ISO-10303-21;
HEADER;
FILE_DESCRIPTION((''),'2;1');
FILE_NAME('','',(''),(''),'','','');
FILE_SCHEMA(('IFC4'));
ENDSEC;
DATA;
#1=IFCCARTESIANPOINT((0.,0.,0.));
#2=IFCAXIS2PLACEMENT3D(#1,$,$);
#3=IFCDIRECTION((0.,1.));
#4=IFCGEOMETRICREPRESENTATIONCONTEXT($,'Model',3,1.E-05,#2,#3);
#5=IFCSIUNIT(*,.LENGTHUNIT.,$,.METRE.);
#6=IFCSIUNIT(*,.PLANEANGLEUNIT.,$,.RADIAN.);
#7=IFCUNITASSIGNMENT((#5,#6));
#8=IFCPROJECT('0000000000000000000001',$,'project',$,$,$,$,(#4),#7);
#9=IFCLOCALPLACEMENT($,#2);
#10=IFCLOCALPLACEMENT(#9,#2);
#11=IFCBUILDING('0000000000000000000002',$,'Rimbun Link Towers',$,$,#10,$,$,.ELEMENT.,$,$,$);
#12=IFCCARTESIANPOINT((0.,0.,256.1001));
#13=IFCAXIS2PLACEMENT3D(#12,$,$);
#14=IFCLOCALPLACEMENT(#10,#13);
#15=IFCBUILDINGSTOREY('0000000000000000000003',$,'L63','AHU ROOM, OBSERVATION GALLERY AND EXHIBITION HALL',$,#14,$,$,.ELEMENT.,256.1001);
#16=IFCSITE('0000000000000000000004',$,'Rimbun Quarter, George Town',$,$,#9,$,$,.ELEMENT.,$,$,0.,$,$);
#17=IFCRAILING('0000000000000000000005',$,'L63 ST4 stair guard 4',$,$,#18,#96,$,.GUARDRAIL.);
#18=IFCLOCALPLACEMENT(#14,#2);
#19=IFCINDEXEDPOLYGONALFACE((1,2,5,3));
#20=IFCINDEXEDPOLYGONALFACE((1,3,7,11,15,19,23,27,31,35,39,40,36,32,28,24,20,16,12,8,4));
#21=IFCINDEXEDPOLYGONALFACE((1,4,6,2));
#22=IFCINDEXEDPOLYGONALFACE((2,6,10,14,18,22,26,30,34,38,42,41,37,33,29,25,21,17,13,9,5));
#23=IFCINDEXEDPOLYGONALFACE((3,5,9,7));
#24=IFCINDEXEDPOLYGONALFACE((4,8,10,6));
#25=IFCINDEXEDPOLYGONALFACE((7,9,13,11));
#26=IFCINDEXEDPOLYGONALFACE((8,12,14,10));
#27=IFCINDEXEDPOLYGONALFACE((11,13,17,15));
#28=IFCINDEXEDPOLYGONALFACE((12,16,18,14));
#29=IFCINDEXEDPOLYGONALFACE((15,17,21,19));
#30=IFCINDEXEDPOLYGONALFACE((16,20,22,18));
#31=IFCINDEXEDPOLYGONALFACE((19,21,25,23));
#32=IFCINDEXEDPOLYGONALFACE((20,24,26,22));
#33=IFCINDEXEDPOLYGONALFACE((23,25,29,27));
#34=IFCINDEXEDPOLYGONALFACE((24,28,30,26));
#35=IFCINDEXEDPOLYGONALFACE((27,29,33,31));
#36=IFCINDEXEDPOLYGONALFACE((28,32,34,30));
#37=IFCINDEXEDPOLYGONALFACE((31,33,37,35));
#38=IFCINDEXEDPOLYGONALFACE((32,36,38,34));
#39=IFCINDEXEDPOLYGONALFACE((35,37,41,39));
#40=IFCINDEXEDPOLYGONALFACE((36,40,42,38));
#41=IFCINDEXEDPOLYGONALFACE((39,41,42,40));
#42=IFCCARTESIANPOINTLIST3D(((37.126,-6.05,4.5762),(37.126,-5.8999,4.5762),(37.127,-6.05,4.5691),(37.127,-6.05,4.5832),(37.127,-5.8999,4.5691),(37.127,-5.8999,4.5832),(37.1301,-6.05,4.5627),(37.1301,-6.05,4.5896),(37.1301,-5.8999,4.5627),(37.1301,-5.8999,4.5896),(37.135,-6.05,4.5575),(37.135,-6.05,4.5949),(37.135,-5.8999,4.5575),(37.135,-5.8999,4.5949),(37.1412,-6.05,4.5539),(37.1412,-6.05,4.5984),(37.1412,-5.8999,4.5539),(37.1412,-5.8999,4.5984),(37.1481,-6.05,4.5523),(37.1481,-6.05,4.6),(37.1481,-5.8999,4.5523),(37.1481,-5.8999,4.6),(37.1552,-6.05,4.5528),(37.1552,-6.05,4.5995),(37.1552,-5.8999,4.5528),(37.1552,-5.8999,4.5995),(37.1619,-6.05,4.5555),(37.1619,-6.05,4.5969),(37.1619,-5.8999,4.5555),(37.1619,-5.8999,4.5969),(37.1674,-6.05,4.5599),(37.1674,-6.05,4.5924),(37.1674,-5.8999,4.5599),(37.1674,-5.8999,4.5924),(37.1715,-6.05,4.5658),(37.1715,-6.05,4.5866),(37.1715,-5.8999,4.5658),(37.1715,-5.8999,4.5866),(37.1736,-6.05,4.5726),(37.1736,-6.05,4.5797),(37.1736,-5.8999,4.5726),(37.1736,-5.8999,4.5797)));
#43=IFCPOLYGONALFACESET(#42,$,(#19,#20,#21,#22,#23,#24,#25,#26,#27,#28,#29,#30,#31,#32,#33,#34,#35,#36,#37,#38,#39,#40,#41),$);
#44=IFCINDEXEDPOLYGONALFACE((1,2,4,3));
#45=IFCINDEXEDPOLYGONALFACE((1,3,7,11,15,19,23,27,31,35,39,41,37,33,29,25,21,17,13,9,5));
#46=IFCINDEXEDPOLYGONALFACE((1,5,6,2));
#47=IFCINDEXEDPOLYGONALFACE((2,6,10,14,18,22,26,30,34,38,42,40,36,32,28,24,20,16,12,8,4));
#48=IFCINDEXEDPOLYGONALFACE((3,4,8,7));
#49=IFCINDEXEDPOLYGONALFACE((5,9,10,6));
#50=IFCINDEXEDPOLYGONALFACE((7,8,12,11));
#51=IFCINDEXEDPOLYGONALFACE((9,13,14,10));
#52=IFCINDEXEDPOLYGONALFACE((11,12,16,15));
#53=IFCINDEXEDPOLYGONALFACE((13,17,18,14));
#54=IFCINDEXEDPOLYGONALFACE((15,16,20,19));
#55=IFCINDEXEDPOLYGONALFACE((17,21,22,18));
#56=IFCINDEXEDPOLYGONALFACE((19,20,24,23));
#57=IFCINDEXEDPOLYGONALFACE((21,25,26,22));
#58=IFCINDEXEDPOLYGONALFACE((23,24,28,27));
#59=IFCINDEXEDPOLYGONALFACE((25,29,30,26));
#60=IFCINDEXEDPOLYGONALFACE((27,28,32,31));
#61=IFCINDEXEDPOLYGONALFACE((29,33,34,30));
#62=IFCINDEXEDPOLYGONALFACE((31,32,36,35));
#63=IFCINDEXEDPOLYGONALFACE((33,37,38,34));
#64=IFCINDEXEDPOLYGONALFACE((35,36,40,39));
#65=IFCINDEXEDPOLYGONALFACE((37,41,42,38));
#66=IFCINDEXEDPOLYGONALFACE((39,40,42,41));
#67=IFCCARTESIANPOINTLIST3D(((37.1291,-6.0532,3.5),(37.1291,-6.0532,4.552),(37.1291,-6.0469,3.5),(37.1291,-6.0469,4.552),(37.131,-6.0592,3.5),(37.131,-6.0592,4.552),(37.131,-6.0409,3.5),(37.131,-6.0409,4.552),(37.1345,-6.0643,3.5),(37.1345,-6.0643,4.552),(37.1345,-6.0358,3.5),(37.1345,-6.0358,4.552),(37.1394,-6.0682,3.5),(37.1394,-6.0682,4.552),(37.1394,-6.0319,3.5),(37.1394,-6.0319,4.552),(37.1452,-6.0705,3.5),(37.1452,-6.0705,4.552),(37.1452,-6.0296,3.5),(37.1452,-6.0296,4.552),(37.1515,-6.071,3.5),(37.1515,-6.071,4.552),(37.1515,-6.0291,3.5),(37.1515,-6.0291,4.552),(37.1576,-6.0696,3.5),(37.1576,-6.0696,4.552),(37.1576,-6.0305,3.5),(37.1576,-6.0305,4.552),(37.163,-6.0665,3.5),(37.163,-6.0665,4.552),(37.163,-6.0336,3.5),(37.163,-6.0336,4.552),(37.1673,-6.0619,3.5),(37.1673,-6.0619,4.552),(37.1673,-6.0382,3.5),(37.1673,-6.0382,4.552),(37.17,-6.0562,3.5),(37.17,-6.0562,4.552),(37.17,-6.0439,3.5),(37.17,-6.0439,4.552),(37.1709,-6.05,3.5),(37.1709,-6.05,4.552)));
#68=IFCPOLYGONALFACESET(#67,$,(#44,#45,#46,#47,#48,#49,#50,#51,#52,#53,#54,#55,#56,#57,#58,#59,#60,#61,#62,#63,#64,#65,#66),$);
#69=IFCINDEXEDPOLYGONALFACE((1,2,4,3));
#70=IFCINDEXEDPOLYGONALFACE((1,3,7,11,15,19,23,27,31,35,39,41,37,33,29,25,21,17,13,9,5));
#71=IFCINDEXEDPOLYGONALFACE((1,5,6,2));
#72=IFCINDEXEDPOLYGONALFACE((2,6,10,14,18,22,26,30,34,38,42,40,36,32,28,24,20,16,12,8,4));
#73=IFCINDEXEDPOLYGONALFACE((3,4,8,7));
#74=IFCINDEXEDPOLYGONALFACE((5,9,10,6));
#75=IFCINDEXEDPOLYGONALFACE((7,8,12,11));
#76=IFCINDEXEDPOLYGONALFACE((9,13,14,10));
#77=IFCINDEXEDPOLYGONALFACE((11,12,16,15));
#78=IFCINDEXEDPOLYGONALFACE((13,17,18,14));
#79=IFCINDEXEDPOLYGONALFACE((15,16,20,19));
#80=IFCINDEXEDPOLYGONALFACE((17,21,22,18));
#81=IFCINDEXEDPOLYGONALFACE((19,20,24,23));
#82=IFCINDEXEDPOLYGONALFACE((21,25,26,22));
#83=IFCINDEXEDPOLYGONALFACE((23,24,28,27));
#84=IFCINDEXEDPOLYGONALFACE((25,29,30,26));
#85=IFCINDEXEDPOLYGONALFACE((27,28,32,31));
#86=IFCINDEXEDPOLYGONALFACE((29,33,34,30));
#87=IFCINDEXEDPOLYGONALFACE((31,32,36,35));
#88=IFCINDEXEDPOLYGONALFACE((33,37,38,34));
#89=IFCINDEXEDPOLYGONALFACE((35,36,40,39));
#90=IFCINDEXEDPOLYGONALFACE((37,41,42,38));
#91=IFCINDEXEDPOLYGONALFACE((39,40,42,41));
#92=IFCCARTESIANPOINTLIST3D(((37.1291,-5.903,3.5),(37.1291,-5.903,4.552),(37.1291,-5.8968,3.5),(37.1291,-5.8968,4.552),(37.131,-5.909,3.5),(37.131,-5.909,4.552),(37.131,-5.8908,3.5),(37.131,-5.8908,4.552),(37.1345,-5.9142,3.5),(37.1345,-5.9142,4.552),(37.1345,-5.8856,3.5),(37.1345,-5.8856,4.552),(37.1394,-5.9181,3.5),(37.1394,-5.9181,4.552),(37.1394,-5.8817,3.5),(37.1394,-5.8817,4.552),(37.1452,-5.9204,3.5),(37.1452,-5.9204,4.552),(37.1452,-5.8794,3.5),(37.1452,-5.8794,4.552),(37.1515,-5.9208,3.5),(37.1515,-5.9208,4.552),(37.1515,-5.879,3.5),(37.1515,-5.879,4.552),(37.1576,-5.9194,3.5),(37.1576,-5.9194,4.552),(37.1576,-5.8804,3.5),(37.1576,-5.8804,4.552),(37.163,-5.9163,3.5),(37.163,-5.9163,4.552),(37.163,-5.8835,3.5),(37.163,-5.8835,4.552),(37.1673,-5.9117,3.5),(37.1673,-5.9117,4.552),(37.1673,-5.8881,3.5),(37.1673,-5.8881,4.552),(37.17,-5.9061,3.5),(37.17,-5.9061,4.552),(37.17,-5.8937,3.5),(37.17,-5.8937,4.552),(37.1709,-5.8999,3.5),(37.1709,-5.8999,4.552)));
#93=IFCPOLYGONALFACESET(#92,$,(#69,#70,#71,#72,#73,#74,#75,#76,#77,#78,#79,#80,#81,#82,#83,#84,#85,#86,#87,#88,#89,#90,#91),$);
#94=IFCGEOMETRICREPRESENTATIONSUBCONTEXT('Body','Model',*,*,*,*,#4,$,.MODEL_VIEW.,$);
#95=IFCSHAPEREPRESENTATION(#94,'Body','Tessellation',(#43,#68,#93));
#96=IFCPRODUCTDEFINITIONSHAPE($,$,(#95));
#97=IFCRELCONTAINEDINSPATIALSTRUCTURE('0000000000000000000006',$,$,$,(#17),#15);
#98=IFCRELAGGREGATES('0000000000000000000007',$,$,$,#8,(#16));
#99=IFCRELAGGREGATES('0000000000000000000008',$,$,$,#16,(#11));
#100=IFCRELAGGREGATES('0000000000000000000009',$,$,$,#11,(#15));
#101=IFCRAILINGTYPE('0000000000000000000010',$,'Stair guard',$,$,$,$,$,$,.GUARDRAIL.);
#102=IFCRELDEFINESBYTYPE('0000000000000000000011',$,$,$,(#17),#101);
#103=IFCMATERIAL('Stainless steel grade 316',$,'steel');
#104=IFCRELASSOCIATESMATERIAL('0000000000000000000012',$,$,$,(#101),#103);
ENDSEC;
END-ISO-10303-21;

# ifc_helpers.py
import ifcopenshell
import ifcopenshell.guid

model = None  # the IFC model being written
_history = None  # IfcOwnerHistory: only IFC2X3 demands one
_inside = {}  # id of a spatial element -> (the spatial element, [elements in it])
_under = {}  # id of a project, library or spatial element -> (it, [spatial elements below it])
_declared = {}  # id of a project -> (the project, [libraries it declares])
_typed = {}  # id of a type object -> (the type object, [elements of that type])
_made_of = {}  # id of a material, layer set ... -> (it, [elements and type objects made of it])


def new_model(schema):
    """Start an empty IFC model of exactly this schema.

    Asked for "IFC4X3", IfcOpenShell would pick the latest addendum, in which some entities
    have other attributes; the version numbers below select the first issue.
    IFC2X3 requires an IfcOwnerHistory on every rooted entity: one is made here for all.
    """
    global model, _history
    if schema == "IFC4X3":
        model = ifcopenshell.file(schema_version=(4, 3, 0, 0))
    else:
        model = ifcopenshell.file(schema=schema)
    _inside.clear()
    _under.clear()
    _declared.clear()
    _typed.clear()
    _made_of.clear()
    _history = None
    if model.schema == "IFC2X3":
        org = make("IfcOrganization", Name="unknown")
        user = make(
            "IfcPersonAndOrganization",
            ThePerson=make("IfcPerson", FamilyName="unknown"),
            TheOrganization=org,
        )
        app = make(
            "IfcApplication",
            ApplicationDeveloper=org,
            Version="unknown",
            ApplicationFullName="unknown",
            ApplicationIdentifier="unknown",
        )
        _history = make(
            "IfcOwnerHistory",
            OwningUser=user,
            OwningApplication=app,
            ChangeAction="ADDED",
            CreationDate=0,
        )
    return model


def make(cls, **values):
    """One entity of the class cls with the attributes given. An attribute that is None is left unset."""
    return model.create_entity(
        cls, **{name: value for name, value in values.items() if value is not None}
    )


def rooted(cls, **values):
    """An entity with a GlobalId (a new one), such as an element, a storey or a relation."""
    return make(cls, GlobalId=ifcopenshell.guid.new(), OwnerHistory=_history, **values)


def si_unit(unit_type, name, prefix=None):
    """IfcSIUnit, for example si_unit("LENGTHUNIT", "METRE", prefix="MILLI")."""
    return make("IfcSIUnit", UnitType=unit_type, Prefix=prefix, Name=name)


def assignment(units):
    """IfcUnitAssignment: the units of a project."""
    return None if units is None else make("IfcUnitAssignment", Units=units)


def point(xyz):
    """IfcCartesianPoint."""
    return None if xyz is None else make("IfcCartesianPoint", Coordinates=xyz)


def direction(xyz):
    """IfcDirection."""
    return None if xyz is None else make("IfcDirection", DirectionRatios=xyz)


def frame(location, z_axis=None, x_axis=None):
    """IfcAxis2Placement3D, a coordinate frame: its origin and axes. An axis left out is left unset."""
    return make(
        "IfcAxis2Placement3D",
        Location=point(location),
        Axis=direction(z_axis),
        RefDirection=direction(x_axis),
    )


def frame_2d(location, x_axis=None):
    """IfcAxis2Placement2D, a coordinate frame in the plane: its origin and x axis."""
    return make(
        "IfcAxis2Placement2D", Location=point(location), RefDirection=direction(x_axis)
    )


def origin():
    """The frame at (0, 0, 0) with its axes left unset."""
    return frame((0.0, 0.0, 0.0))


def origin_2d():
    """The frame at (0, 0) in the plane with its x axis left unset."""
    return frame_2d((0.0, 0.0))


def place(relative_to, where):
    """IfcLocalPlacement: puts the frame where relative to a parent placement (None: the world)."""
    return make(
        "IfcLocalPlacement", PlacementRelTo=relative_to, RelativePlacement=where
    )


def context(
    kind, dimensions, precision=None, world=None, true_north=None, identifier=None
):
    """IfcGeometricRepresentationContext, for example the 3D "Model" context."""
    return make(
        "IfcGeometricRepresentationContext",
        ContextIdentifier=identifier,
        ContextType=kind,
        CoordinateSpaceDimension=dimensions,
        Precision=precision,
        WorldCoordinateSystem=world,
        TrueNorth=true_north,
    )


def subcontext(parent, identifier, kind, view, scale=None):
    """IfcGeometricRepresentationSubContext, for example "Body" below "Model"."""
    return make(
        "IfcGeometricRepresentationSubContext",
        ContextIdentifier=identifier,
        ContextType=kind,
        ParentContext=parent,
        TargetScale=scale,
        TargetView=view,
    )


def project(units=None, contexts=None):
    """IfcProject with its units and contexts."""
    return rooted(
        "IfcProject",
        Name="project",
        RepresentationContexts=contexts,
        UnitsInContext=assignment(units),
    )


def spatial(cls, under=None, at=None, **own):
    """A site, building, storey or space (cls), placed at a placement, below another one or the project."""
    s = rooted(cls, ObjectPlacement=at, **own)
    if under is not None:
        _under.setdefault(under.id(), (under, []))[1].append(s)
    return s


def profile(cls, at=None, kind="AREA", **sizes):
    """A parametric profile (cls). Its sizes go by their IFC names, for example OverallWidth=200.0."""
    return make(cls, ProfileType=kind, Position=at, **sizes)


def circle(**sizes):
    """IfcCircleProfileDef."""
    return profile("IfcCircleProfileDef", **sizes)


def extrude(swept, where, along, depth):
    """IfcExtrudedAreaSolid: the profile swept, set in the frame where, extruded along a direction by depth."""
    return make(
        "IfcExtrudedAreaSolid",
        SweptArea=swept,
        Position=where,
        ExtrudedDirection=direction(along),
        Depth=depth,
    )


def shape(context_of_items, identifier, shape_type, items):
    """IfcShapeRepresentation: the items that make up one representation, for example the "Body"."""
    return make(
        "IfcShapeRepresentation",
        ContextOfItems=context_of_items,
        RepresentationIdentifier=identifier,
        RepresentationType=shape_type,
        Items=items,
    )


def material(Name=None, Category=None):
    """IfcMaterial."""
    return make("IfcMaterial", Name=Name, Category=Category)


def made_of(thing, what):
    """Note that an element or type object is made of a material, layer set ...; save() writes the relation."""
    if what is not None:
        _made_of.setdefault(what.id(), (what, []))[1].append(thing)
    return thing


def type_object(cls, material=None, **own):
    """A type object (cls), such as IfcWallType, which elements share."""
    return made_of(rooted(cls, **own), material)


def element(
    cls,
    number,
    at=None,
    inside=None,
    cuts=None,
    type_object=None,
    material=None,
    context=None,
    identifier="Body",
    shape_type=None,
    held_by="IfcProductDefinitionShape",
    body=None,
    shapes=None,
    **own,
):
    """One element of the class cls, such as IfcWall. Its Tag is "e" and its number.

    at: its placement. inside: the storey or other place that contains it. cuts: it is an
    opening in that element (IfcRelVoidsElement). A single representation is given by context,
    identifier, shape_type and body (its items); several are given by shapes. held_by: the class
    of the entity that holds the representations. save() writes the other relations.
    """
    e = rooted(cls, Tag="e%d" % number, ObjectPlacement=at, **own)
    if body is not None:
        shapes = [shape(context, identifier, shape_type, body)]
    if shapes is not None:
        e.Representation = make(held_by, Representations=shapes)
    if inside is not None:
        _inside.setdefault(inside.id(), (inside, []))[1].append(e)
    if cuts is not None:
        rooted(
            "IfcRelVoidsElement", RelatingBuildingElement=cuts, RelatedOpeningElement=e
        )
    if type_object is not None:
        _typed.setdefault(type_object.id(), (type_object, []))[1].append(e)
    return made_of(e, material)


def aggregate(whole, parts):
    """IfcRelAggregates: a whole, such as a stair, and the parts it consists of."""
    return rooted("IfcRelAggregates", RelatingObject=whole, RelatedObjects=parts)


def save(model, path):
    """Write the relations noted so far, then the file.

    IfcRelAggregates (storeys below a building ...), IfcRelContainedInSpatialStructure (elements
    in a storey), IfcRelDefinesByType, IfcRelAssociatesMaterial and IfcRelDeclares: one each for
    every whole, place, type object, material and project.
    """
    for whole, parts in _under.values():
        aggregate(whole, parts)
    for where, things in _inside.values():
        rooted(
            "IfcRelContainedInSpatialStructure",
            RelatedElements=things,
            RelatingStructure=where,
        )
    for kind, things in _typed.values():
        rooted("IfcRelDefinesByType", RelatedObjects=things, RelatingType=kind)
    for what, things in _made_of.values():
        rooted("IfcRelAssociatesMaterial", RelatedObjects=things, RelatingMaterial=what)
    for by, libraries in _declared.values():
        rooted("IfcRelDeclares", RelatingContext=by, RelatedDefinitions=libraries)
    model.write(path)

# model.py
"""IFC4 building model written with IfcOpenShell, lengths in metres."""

from ifc_helpers import new_model, si_unit, direction, frame, origin, origin_2d, place, context, subcontext, project, spatial, circle, extrude, material, type_object, element, save


model = new_model("IFC4")

# Units and contexts
model_context = context("Model", 3, precision=1e-05, world=origin(), true_north=direction((0.0, 1.0)))
body_context = subcontext(model_context, "Body", "Model", "MODEL_VIEW")
ifc_project = project(units=[si_unit("LENGTHUNIT", "METRE"), si_unit("PLANEANGLEUNIT", "RADIAN")], contexts=[model_context])

# Site, building, storey
site_placement = place(None, origin())
site = spatial("IfcSite", under=ifc_project, at=site_placement, Name="Rimbun Quarter, George Town", CompositionType="ELEMENT", RefElevation=0.0)
building_placement = place(site_placement, origin())
building = spatial("IfcBuilding", under=site, at=building_placement, Name="Rimbun Link Towers", CompositionType="ELEMENT")
storey_placement = place(building_placement, frame((0.0, 0.0, 256.1001)))
storey = spatial("IfcBuildingStorey", under=building, at=storey_placement, Name="L63", Description="AHU ROOM, OBSERVATION GALLERY AND EXHIBITION HALL", CompositionType="ELEMENT", Elevation=256.1001)

# Railing
ifc_material_1 = material(Name="Stainless steel grade 316", Category="steel")
railing_type_1 = type_object("IfcRailingType", Name="Stair guard", PredefinedType="GUARDRAIL", material=ifc_material_1)
railing_1_placement = place(storey_placement, frame((37.1499, -6.05, 3.5)))
element("IfcRailing", 1, at=railing_1_placement, inside=storey, type_object=railing_type_1, Name="L63 ST4 stair guard 4", PredefinedType="GUARDRAIL", context=body_context, shape_type="SweptSolid", body=[
    extrude(circle(Radius=0.0239, at=origin_2d()), frame((0.0, 0.0, 1.0762), z_axis=(0.0, 1.0, 0.0), x_axis=(-1.0, 0.0, 0.0)), (0.0, 0.0, 1.0), 0.1501),
    extrude(circle(Radius=0.021, at=origin_2d()), origin(), (0.0, 0.0, 1.0), 1.052),
    extrude(circle(Radius=0.021, at=origin_2d()), frame((0.0, 0.1501, 0.0)), (0.0, 0.0, 1.0), 1.052),
])

save(model, "model.ifc")
